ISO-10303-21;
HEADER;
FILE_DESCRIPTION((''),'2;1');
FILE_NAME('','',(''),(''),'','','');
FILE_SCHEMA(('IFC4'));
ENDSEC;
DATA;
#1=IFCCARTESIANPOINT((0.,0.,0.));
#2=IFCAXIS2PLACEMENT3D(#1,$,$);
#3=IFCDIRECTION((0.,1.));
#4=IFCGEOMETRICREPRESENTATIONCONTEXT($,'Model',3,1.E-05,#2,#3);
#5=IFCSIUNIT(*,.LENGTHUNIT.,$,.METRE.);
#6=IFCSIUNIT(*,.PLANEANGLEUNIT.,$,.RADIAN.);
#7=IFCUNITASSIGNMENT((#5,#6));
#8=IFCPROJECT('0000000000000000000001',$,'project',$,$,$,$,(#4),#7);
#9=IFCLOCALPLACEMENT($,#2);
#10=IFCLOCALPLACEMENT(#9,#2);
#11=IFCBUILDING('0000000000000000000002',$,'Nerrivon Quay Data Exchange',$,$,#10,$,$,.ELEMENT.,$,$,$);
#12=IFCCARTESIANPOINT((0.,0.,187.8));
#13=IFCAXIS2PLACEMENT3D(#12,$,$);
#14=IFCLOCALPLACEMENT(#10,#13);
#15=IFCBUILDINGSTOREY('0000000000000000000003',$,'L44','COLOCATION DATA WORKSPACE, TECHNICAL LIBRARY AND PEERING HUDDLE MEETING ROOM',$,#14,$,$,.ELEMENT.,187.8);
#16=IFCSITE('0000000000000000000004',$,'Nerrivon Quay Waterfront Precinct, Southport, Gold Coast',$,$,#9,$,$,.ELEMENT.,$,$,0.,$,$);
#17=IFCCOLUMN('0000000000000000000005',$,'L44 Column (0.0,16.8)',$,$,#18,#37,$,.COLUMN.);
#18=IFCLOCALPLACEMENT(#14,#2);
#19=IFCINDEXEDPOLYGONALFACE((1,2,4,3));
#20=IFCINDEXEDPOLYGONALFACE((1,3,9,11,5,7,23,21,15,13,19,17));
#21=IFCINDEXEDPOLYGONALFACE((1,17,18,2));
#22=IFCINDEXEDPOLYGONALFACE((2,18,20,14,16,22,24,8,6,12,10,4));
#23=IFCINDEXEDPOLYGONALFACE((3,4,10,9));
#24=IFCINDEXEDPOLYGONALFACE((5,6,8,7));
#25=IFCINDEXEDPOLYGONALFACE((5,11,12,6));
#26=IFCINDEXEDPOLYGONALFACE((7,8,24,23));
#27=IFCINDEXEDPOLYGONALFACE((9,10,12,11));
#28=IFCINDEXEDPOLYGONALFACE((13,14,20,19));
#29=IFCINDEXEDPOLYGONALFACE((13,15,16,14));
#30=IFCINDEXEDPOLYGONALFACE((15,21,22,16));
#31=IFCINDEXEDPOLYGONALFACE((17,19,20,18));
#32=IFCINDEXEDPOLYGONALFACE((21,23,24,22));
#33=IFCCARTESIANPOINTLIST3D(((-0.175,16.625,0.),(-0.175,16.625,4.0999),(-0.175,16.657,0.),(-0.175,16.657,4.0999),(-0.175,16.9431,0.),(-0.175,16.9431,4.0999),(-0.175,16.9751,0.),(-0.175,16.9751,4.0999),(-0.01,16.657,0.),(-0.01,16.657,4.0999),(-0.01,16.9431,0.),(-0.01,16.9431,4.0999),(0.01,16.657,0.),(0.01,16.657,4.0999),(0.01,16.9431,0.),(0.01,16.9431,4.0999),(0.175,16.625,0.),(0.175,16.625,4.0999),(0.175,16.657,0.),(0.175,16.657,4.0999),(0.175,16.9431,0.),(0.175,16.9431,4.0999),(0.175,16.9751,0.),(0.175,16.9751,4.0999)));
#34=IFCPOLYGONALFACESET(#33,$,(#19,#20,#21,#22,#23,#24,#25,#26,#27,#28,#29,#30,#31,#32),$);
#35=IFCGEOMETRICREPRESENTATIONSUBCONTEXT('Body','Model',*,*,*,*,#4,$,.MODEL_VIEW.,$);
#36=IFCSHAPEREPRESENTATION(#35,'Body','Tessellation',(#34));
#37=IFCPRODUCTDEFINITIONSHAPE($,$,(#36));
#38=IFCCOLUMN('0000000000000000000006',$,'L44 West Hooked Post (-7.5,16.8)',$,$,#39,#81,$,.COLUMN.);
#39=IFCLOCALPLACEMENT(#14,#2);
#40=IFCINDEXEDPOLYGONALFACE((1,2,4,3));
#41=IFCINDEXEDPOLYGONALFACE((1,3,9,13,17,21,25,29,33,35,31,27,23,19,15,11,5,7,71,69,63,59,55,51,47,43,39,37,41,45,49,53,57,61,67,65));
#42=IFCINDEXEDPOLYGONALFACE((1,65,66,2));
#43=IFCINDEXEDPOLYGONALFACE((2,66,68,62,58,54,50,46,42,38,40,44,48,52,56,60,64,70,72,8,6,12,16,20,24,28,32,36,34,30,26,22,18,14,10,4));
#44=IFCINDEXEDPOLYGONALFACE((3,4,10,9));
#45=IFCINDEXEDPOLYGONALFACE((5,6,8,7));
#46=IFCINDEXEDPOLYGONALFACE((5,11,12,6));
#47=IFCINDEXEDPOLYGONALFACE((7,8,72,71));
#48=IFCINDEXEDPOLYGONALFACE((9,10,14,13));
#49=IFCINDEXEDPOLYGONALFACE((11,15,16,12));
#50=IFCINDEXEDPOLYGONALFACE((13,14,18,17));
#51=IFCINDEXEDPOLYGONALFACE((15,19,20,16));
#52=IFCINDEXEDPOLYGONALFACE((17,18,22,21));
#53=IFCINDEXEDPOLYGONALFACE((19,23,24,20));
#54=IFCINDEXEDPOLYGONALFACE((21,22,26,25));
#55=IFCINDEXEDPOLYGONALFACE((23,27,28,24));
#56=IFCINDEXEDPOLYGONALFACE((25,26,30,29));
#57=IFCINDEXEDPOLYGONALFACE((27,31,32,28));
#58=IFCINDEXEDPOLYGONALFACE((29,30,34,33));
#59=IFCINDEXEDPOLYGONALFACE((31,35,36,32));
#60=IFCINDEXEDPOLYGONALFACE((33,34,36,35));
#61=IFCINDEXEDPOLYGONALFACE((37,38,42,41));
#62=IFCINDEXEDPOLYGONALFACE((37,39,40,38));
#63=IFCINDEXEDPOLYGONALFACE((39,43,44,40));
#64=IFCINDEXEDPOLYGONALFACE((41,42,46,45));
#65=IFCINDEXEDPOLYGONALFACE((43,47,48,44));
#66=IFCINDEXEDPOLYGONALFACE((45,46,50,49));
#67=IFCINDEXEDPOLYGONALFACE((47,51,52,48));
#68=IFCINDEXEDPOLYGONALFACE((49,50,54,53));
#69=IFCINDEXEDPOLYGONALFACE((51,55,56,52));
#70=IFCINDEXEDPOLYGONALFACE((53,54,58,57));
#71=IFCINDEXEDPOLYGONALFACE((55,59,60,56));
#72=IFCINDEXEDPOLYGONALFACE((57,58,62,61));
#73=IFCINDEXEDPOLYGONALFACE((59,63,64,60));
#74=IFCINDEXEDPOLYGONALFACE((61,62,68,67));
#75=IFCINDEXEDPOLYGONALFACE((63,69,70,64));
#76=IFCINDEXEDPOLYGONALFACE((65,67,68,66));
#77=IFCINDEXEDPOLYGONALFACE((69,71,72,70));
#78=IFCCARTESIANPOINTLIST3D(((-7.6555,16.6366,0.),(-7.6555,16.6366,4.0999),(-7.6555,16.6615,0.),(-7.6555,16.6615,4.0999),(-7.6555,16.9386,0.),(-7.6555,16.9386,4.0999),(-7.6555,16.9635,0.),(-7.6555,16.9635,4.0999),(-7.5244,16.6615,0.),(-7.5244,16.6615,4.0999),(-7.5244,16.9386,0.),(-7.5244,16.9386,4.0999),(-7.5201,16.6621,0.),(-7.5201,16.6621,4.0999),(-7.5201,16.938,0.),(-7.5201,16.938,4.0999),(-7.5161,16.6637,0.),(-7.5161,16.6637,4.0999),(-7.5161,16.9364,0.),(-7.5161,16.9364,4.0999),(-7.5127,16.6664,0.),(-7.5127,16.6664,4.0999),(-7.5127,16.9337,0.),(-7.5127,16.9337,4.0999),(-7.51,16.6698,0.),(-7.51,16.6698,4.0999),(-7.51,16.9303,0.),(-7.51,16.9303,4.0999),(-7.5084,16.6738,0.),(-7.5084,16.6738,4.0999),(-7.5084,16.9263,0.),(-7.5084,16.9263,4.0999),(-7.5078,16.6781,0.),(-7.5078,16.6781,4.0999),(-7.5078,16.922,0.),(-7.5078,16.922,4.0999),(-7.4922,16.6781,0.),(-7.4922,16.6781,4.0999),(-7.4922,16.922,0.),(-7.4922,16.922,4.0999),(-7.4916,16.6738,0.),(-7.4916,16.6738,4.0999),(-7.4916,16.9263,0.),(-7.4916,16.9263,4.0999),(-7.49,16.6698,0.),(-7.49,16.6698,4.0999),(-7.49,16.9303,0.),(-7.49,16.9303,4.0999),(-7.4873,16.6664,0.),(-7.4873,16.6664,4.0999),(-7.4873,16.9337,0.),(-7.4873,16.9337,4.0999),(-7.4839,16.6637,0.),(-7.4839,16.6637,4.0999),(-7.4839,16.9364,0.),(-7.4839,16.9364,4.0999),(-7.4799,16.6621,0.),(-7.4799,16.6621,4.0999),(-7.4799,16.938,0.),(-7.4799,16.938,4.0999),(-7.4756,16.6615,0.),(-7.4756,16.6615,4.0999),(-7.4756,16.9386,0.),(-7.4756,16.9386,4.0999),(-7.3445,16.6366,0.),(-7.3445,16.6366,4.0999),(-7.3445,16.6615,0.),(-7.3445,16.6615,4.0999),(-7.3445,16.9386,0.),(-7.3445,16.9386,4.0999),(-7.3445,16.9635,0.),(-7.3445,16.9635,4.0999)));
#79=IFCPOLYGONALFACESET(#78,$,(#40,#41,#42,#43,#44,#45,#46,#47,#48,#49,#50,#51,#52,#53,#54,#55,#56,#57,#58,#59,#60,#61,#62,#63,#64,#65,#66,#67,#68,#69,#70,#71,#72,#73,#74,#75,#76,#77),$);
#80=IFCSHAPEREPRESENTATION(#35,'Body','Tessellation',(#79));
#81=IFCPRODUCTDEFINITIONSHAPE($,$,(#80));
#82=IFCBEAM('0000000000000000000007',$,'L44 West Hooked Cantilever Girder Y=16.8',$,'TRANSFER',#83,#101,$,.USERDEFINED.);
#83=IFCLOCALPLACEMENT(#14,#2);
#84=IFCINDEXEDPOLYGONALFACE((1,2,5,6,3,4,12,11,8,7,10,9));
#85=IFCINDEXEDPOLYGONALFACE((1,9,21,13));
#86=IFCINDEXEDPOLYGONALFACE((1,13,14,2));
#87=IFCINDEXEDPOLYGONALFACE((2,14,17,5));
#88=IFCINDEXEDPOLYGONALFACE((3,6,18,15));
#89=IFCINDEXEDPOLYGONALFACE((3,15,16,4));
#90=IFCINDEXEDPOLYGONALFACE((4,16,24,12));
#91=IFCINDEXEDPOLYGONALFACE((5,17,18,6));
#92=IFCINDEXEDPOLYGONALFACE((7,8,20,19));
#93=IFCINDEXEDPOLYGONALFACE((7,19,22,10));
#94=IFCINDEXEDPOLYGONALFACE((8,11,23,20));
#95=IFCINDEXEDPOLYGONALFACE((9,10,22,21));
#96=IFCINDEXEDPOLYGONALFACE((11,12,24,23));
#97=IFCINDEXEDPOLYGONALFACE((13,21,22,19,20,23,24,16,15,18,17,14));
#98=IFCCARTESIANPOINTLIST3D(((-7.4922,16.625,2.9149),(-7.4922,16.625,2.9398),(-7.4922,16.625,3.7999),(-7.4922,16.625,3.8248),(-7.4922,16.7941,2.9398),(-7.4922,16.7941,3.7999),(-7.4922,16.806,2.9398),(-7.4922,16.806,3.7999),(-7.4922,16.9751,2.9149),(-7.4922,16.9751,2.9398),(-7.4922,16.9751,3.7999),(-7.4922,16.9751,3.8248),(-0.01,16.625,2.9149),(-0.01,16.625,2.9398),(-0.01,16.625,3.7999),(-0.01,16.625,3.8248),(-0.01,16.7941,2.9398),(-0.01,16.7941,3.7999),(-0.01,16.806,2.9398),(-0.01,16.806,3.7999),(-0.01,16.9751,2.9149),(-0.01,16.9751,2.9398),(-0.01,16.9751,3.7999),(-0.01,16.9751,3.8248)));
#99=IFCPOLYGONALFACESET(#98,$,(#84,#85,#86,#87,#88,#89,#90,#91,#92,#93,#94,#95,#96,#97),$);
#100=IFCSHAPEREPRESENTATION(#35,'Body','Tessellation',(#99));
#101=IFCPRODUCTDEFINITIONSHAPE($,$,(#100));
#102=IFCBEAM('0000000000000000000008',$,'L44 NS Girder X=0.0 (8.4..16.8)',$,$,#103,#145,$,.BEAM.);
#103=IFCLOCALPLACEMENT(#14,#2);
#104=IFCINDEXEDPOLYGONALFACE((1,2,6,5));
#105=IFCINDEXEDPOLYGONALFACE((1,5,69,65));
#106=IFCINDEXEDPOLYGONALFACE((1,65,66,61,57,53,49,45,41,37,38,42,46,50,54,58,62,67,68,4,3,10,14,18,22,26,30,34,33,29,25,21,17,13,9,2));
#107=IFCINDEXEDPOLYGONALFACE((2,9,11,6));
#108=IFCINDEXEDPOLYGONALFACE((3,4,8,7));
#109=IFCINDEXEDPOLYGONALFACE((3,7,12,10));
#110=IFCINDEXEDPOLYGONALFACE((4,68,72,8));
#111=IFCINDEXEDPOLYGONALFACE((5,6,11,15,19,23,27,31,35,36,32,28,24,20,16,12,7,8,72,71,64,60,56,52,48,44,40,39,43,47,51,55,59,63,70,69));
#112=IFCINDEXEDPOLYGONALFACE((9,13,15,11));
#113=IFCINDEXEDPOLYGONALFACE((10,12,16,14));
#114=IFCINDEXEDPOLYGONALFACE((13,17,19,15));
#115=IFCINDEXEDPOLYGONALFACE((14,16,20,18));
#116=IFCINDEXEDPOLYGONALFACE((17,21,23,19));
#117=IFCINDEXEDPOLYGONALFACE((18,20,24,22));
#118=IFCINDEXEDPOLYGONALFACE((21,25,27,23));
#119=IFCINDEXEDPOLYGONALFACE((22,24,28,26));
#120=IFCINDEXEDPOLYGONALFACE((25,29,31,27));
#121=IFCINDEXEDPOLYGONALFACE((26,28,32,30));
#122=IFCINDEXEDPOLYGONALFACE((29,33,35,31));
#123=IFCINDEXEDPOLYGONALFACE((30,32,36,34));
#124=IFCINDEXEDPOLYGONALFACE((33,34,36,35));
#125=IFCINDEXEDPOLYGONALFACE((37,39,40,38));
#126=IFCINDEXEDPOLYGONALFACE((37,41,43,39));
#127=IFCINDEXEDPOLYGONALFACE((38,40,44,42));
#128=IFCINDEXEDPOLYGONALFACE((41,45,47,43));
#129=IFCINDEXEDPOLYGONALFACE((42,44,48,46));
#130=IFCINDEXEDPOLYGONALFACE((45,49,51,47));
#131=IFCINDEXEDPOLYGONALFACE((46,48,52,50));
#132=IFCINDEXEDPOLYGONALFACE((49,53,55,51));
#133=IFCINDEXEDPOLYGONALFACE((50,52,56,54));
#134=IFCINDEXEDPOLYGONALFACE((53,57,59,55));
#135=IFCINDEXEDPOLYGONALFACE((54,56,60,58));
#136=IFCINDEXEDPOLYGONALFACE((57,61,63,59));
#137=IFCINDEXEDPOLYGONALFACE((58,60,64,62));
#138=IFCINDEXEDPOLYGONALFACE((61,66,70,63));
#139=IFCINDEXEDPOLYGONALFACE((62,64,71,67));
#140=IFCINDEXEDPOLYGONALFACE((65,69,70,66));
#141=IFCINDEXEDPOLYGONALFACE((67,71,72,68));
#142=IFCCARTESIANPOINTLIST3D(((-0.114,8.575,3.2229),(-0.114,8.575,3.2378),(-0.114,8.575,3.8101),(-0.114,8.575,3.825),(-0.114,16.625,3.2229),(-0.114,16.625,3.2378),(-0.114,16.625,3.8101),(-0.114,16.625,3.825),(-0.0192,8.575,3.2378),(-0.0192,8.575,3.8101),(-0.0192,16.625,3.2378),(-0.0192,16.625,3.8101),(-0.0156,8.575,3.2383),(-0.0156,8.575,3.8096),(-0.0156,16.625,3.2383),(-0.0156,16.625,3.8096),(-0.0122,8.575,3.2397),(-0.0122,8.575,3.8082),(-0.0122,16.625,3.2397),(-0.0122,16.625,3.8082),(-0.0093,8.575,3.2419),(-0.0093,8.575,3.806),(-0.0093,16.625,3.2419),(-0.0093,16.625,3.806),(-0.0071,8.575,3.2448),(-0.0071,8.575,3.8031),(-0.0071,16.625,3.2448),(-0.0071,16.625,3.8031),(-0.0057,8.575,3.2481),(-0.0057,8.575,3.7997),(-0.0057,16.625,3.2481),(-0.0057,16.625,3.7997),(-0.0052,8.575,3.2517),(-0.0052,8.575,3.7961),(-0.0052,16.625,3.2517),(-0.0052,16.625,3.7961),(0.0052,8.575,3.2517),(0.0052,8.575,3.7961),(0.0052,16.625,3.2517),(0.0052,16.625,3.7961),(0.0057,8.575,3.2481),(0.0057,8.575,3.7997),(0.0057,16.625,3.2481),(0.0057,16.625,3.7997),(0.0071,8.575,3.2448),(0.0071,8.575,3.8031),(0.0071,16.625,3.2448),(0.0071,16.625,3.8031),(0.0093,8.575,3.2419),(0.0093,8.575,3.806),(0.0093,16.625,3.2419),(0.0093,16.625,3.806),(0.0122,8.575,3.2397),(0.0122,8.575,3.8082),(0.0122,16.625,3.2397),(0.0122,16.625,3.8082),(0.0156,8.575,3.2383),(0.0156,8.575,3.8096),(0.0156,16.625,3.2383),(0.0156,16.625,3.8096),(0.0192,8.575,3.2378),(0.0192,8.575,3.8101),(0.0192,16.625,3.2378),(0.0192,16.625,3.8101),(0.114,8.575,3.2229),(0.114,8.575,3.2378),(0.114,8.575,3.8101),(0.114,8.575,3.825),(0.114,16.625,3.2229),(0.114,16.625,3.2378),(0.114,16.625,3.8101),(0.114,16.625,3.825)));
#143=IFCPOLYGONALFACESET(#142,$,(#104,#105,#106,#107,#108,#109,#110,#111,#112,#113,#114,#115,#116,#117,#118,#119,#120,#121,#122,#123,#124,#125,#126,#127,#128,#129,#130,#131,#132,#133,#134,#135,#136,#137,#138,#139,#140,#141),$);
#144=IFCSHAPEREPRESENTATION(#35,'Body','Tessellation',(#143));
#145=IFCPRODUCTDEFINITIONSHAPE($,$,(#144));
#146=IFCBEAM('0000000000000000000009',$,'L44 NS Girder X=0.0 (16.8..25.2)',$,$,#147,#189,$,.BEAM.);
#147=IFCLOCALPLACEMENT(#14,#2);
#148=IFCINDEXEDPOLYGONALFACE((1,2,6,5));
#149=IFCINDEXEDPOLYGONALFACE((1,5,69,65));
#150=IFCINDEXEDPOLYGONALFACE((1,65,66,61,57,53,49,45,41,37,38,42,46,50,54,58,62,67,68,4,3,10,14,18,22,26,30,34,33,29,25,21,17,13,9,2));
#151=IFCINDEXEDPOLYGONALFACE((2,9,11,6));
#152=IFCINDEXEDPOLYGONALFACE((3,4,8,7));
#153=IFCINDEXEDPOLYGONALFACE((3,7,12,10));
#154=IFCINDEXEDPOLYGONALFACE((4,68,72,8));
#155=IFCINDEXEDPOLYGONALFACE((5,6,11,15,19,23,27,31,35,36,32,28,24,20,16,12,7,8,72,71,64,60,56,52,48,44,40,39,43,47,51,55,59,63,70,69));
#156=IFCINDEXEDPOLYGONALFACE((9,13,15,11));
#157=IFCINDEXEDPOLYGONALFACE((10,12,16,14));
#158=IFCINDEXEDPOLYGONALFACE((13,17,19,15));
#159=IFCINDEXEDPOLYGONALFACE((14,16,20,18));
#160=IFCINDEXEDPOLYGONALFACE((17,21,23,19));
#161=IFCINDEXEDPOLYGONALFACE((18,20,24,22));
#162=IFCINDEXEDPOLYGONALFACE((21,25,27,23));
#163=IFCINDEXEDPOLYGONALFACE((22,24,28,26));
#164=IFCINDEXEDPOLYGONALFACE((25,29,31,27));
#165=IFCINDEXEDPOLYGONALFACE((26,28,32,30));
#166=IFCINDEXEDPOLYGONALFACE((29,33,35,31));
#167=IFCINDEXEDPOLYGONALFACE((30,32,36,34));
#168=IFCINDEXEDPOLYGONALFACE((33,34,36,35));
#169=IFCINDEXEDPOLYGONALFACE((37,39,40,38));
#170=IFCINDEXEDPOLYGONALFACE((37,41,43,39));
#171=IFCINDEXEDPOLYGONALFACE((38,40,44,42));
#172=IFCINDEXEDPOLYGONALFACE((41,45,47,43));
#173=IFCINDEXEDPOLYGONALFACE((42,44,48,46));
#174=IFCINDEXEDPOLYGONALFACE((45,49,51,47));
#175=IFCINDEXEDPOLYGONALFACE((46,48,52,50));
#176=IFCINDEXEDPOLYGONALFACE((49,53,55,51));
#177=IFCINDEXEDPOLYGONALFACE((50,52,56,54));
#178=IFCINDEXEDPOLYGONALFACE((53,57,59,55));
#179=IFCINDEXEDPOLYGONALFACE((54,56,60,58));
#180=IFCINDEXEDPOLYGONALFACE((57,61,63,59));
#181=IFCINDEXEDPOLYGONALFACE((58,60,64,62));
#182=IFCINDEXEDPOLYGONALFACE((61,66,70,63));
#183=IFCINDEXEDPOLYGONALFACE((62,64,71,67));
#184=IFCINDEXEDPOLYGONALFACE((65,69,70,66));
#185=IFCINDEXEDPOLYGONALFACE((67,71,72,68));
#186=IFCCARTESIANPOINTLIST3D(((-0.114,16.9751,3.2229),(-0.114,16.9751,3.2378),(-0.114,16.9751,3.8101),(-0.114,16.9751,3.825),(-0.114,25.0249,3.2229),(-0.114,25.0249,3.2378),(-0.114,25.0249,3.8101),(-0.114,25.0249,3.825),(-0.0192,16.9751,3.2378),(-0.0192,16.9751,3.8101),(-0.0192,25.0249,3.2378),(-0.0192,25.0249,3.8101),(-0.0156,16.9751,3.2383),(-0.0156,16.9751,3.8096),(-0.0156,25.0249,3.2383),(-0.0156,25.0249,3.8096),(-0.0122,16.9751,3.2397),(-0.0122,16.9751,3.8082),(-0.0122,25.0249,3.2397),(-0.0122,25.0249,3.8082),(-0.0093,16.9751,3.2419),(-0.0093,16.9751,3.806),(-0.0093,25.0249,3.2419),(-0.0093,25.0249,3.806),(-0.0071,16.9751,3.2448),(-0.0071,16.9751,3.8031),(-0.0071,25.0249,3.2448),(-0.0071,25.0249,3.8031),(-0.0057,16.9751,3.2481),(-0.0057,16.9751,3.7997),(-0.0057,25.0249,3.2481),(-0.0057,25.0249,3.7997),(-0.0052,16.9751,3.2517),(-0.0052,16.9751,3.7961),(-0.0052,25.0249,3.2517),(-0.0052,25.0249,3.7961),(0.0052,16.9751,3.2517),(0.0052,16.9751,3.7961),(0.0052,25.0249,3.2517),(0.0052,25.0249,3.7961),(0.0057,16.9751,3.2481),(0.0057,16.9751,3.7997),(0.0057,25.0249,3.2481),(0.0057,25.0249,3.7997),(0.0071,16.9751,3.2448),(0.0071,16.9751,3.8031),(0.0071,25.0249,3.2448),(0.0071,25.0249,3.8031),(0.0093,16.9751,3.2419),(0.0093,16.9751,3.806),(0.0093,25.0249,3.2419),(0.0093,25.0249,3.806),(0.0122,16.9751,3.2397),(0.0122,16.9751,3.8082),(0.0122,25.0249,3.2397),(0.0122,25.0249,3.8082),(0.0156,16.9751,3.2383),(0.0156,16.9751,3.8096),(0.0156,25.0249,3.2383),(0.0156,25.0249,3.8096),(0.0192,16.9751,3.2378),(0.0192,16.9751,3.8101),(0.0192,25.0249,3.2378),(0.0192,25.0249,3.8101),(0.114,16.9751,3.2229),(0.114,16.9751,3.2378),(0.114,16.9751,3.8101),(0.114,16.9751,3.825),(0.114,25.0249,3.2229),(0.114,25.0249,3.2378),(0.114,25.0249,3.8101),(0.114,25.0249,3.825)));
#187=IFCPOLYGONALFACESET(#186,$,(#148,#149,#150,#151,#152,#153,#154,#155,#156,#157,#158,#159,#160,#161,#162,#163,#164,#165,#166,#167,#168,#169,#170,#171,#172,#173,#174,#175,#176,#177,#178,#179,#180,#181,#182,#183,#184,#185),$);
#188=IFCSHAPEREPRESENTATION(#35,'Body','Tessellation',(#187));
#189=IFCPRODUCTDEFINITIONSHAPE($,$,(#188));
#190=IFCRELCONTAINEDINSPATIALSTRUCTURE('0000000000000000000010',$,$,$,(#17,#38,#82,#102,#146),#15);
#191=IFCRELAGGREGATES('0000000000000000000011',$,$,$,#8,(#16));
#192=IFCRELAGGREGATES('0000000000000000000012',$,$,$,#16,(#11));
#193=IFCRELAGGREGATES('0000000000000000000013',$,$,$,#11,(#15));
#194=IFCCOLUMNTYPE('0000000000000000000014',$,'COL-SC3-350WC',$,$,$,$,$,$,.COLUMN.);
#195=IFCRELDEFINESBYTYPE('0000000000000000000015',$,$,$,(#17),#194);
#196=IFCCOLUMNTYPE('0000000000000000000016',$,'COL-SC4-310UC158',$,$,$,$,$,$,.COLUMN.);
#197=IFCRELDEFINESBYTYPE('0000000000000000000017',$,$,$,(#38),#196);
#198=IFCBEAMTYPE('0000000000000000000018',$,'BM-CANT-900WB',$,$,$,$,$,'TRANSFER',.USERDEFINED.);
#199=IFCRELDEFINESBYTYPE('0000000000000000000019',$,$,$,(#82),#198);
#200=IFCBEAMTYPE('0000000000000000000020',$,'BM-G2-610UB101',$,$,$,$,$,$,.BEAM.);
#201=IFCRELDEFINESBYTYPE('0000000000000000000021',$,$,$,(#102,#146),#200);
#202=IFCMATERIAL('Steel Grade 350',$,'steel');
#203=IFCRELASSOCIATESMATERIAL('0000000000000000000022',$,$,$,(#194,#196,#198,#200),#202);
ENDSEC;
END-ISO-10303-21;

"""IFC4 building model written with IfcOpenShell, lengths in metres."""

from ifc_helpers import new_model, si_unit, direction, frame, origin, origin_2d, place, context, subcontext, project, spatial, i_section, extrude, material, material_profile, profile_set, type_object, element, save


model = new_model("IFC4")

# Units and contexts
model_context = context("Model", 3, precision=1e-05, world=origin(), true_north=direction((0.0, 1.0)))
body_context = subcontext(model_context, "Body", "Model", "MODEL_VIEW")
ifc_project = project(units=[si_unit("LENGTHUNIT", "METRE"), si_unit("PLANEANGLEUNIT", "RADIAN")], contexts=[model_context])

# Site, building, storey
site_placement = place(None, origin())
site = spatial("IfcSite", under=ifc_project, at=site_placement, Name="Nerrivon Quay Waterfront Precinct, Southport, Gold Coast", CompositionType="ELEMENT", RefElevation=0.0)
building_placement = place(site_placement, origin())
building = spatial("IfcBuilding", under=site, at=building_placement, Name="Nerrivon Quay Data Exchange", CompositionType="ELEMENT")
storey_placement = place(building_placement, frame((0.0, 0.0, 187.8)))
storey = spatial("IfcBuildingStorey", under=building, at=storey_placement, Name="L44", Description="COLOCATION DATA WORKSPACE, TECHNICAL LIBRARY AND PEERING HUDDLE MEETING ROOM", CompositionType="ELEMENT", Elevation=187.8)

# Columns
ifc_material_1 = material(Name="Steel Grade 350", Category="steel")
ifc_material_profile_1 = material_profile(ifc_material_1, i_section(OverallWidth=0.3501, OverallDepth=0.3501, WebThickness=0.02, FlangeThickness=0.032, at=origin_2d()), Name="350WC230")
ifc_profile_set_1 = profile_set([ifc_material_profile_1], Name="Steel Grade 350")
column_type_1 = type_object("IfcColumnType", Name="COL-SC3-350WC", PredefinedType="COLUMN", material=ifc_profile_set_1)
column_1_placement = place(storey_placement, frame((0.0, 16.8, 0.0), z_axis=(0.0, 0.0, 1.0), x_axis=(1.0, 0.0, 0.0)))
element("IfcColumn", 1, at=column_1_placement, inside=storey, type_object=column_type_1, Name="L44 Column (0.0,16.8)", PredefinedType="COLUMN", context=body_context, shape_type="SweptSolid", body=[
    extrude(i_section(OverallWidth=0.3501, OverallDepth=0.3501, WebThickness=0.02, FlangeThickness=0.032, at=origin_2d()), origin(), (0.0, 0.0, 1.0), 4.0999),
])
ifc_material_profile_2 = material_profile(ifc_material_1, i_section(OverallWidth=0.311, OverallDepth=0.3269, WebThickness=0.0156, FlangeThickness=0.0249, FilletRadius=0.0166, at=origin_2d()), Name="310UC158")
ifc_profile_set_2 = profile_set([ifc_material_profile_2], Name="Steel Grade 350")
column_type_2 = type_object("IfcColumnType", Name="COL-SC4-310UC158", PredefinedType="COLUMN", material=ifc_profile_set_2)
column_2_placement = place(storey_placement, frame((-7.5, 16.8, 0.0), z_axis=(0.0, 0.0, 1.0), x_axis=(1.0, 0.0, 0.0)))
element("IfcColumn", 2, at=column_2_placement, inside=storey, type_object=column_type_2, Name="L44 West Hooked Post (-7.5,16.8)", PredefinedType="COLUMN", context=body_context, shape_type="SweptSolid", body=[
    extrude(i_section(OverallWidth=0.311, OverallDepth=0.3269, WebThickness=0.0156, FlangeThickness=0.0249, FilletRadius=0.0166, at=origin_2d()), origin(), (0.0, 0.0, 1.0), 4.0999),
])

# Beams
ifc_material_profile_3 = material_profile(ifc_material_1, i_section(OverallWidth=0.3501, OverallDepth=0.9099, WebThickness=0.012, FlangeThickness=0.0249, at=origin_2d()), Name="900WB218")
ifc_profile_set_3 = profile_set([ifc_material_profile_3], Name="Steel Grade 350")
beam_type_1 = type_object("IfcBeamType", Name="BM-CANT-900WB", ElementType="TRANSFER", PredefinedType="USERDEFINED", material=ifc_profile_set_3)
beam_1_placement = place(storey_placement, frame((-0.01, 16.8, 3.3699), z_axis=(-1.0, 0.0, 0.0), x_axis=(0.0, -1.0, 0.0)))
element("IfcBeam", 3, at=beam_1_placement, inside=storey, type_object=beam_type_1, Name="L44 West Hooked Cantilever Girder Y=16.8", ObjectType="TRANSFER", PredefinedType="USERDEFINED", context=body_context, shape_type="SweptSolid", body=[
    extrude(i_section(OverallWidth=0.3501, OverallDepth=0.9099, WebThickness=0.012, FlangeThickness=0.0249, at=origin_2d()), origin(), (0.0, 0.0, 1.0), 7.4822),
])
ifc_material_profile_4 = material_profile(ifc_material_1, i_section(OverallWidth=0.228, OverallDepth=0.6021, WebThickness=0.0105, FlangeThickness=0.0149, FilletRadius=0.0139, at=origin_2d()), Name="610UB101")
ifc_profile_set_4 = profile_set([ifc_material_profile_4], Name="Steel Grade 350")
beam_type_2 = type_object("IfcBeamType", Name="BM-G2-610UB101", PredefinedType="BEAM", material=ifc_profile_set_4)
beam_2_placement = place(storey_placement, frame((0.0, 8.575, 3.5239), z_axis=(0.0, 1.0, 0.0), x_axis=(-1.0, 0.0, 0.0)))
element("IfcBeam", 4, at=beam_2_placement, inside=storey, type_object=beam_type_2, Name="L44 NS Girder X=0.0 (8.4..16.8)", PredefinedType="BEAM", context=body_context, shape_type="SweptSolid", body=[
    extrude(i_section(OverallWidth=0.228, OverallDepth=0.6021, WebThickness=0.0105, FlangeThickness=0.0149, FilletRadius=0.0139, at=origin_2d()), origin(), (0.0, 0.0, 1.0), 8.05),
])
beam_3_placement = place(storey_placement, frame((0.0, 16.9751, 3.5239), z_axis=(0.0, 1.0, 0.0), x_axis=(-1.0, 0.0, 0.0)))
element("IfcBeam", 5, at=beam_3_placement, inside=storey, type_object=beam_type_2, Name="L44 NS Girder X=0.0 (16.8..25.2)", PredefinedType="BEAM", context=body_context, shape_type="SweptSolid", body=[
    extrude(i_section(OverallWidth=0.228, OverallDepth=0.6021, WebThickness=0.0105, FlangeThickness=0.0149, FilletRadius=0.0139, at=origin_2d()), origin(), (0.0, 0.0, 1.0), 8.0498),
])

save(model, "model.ifc")
